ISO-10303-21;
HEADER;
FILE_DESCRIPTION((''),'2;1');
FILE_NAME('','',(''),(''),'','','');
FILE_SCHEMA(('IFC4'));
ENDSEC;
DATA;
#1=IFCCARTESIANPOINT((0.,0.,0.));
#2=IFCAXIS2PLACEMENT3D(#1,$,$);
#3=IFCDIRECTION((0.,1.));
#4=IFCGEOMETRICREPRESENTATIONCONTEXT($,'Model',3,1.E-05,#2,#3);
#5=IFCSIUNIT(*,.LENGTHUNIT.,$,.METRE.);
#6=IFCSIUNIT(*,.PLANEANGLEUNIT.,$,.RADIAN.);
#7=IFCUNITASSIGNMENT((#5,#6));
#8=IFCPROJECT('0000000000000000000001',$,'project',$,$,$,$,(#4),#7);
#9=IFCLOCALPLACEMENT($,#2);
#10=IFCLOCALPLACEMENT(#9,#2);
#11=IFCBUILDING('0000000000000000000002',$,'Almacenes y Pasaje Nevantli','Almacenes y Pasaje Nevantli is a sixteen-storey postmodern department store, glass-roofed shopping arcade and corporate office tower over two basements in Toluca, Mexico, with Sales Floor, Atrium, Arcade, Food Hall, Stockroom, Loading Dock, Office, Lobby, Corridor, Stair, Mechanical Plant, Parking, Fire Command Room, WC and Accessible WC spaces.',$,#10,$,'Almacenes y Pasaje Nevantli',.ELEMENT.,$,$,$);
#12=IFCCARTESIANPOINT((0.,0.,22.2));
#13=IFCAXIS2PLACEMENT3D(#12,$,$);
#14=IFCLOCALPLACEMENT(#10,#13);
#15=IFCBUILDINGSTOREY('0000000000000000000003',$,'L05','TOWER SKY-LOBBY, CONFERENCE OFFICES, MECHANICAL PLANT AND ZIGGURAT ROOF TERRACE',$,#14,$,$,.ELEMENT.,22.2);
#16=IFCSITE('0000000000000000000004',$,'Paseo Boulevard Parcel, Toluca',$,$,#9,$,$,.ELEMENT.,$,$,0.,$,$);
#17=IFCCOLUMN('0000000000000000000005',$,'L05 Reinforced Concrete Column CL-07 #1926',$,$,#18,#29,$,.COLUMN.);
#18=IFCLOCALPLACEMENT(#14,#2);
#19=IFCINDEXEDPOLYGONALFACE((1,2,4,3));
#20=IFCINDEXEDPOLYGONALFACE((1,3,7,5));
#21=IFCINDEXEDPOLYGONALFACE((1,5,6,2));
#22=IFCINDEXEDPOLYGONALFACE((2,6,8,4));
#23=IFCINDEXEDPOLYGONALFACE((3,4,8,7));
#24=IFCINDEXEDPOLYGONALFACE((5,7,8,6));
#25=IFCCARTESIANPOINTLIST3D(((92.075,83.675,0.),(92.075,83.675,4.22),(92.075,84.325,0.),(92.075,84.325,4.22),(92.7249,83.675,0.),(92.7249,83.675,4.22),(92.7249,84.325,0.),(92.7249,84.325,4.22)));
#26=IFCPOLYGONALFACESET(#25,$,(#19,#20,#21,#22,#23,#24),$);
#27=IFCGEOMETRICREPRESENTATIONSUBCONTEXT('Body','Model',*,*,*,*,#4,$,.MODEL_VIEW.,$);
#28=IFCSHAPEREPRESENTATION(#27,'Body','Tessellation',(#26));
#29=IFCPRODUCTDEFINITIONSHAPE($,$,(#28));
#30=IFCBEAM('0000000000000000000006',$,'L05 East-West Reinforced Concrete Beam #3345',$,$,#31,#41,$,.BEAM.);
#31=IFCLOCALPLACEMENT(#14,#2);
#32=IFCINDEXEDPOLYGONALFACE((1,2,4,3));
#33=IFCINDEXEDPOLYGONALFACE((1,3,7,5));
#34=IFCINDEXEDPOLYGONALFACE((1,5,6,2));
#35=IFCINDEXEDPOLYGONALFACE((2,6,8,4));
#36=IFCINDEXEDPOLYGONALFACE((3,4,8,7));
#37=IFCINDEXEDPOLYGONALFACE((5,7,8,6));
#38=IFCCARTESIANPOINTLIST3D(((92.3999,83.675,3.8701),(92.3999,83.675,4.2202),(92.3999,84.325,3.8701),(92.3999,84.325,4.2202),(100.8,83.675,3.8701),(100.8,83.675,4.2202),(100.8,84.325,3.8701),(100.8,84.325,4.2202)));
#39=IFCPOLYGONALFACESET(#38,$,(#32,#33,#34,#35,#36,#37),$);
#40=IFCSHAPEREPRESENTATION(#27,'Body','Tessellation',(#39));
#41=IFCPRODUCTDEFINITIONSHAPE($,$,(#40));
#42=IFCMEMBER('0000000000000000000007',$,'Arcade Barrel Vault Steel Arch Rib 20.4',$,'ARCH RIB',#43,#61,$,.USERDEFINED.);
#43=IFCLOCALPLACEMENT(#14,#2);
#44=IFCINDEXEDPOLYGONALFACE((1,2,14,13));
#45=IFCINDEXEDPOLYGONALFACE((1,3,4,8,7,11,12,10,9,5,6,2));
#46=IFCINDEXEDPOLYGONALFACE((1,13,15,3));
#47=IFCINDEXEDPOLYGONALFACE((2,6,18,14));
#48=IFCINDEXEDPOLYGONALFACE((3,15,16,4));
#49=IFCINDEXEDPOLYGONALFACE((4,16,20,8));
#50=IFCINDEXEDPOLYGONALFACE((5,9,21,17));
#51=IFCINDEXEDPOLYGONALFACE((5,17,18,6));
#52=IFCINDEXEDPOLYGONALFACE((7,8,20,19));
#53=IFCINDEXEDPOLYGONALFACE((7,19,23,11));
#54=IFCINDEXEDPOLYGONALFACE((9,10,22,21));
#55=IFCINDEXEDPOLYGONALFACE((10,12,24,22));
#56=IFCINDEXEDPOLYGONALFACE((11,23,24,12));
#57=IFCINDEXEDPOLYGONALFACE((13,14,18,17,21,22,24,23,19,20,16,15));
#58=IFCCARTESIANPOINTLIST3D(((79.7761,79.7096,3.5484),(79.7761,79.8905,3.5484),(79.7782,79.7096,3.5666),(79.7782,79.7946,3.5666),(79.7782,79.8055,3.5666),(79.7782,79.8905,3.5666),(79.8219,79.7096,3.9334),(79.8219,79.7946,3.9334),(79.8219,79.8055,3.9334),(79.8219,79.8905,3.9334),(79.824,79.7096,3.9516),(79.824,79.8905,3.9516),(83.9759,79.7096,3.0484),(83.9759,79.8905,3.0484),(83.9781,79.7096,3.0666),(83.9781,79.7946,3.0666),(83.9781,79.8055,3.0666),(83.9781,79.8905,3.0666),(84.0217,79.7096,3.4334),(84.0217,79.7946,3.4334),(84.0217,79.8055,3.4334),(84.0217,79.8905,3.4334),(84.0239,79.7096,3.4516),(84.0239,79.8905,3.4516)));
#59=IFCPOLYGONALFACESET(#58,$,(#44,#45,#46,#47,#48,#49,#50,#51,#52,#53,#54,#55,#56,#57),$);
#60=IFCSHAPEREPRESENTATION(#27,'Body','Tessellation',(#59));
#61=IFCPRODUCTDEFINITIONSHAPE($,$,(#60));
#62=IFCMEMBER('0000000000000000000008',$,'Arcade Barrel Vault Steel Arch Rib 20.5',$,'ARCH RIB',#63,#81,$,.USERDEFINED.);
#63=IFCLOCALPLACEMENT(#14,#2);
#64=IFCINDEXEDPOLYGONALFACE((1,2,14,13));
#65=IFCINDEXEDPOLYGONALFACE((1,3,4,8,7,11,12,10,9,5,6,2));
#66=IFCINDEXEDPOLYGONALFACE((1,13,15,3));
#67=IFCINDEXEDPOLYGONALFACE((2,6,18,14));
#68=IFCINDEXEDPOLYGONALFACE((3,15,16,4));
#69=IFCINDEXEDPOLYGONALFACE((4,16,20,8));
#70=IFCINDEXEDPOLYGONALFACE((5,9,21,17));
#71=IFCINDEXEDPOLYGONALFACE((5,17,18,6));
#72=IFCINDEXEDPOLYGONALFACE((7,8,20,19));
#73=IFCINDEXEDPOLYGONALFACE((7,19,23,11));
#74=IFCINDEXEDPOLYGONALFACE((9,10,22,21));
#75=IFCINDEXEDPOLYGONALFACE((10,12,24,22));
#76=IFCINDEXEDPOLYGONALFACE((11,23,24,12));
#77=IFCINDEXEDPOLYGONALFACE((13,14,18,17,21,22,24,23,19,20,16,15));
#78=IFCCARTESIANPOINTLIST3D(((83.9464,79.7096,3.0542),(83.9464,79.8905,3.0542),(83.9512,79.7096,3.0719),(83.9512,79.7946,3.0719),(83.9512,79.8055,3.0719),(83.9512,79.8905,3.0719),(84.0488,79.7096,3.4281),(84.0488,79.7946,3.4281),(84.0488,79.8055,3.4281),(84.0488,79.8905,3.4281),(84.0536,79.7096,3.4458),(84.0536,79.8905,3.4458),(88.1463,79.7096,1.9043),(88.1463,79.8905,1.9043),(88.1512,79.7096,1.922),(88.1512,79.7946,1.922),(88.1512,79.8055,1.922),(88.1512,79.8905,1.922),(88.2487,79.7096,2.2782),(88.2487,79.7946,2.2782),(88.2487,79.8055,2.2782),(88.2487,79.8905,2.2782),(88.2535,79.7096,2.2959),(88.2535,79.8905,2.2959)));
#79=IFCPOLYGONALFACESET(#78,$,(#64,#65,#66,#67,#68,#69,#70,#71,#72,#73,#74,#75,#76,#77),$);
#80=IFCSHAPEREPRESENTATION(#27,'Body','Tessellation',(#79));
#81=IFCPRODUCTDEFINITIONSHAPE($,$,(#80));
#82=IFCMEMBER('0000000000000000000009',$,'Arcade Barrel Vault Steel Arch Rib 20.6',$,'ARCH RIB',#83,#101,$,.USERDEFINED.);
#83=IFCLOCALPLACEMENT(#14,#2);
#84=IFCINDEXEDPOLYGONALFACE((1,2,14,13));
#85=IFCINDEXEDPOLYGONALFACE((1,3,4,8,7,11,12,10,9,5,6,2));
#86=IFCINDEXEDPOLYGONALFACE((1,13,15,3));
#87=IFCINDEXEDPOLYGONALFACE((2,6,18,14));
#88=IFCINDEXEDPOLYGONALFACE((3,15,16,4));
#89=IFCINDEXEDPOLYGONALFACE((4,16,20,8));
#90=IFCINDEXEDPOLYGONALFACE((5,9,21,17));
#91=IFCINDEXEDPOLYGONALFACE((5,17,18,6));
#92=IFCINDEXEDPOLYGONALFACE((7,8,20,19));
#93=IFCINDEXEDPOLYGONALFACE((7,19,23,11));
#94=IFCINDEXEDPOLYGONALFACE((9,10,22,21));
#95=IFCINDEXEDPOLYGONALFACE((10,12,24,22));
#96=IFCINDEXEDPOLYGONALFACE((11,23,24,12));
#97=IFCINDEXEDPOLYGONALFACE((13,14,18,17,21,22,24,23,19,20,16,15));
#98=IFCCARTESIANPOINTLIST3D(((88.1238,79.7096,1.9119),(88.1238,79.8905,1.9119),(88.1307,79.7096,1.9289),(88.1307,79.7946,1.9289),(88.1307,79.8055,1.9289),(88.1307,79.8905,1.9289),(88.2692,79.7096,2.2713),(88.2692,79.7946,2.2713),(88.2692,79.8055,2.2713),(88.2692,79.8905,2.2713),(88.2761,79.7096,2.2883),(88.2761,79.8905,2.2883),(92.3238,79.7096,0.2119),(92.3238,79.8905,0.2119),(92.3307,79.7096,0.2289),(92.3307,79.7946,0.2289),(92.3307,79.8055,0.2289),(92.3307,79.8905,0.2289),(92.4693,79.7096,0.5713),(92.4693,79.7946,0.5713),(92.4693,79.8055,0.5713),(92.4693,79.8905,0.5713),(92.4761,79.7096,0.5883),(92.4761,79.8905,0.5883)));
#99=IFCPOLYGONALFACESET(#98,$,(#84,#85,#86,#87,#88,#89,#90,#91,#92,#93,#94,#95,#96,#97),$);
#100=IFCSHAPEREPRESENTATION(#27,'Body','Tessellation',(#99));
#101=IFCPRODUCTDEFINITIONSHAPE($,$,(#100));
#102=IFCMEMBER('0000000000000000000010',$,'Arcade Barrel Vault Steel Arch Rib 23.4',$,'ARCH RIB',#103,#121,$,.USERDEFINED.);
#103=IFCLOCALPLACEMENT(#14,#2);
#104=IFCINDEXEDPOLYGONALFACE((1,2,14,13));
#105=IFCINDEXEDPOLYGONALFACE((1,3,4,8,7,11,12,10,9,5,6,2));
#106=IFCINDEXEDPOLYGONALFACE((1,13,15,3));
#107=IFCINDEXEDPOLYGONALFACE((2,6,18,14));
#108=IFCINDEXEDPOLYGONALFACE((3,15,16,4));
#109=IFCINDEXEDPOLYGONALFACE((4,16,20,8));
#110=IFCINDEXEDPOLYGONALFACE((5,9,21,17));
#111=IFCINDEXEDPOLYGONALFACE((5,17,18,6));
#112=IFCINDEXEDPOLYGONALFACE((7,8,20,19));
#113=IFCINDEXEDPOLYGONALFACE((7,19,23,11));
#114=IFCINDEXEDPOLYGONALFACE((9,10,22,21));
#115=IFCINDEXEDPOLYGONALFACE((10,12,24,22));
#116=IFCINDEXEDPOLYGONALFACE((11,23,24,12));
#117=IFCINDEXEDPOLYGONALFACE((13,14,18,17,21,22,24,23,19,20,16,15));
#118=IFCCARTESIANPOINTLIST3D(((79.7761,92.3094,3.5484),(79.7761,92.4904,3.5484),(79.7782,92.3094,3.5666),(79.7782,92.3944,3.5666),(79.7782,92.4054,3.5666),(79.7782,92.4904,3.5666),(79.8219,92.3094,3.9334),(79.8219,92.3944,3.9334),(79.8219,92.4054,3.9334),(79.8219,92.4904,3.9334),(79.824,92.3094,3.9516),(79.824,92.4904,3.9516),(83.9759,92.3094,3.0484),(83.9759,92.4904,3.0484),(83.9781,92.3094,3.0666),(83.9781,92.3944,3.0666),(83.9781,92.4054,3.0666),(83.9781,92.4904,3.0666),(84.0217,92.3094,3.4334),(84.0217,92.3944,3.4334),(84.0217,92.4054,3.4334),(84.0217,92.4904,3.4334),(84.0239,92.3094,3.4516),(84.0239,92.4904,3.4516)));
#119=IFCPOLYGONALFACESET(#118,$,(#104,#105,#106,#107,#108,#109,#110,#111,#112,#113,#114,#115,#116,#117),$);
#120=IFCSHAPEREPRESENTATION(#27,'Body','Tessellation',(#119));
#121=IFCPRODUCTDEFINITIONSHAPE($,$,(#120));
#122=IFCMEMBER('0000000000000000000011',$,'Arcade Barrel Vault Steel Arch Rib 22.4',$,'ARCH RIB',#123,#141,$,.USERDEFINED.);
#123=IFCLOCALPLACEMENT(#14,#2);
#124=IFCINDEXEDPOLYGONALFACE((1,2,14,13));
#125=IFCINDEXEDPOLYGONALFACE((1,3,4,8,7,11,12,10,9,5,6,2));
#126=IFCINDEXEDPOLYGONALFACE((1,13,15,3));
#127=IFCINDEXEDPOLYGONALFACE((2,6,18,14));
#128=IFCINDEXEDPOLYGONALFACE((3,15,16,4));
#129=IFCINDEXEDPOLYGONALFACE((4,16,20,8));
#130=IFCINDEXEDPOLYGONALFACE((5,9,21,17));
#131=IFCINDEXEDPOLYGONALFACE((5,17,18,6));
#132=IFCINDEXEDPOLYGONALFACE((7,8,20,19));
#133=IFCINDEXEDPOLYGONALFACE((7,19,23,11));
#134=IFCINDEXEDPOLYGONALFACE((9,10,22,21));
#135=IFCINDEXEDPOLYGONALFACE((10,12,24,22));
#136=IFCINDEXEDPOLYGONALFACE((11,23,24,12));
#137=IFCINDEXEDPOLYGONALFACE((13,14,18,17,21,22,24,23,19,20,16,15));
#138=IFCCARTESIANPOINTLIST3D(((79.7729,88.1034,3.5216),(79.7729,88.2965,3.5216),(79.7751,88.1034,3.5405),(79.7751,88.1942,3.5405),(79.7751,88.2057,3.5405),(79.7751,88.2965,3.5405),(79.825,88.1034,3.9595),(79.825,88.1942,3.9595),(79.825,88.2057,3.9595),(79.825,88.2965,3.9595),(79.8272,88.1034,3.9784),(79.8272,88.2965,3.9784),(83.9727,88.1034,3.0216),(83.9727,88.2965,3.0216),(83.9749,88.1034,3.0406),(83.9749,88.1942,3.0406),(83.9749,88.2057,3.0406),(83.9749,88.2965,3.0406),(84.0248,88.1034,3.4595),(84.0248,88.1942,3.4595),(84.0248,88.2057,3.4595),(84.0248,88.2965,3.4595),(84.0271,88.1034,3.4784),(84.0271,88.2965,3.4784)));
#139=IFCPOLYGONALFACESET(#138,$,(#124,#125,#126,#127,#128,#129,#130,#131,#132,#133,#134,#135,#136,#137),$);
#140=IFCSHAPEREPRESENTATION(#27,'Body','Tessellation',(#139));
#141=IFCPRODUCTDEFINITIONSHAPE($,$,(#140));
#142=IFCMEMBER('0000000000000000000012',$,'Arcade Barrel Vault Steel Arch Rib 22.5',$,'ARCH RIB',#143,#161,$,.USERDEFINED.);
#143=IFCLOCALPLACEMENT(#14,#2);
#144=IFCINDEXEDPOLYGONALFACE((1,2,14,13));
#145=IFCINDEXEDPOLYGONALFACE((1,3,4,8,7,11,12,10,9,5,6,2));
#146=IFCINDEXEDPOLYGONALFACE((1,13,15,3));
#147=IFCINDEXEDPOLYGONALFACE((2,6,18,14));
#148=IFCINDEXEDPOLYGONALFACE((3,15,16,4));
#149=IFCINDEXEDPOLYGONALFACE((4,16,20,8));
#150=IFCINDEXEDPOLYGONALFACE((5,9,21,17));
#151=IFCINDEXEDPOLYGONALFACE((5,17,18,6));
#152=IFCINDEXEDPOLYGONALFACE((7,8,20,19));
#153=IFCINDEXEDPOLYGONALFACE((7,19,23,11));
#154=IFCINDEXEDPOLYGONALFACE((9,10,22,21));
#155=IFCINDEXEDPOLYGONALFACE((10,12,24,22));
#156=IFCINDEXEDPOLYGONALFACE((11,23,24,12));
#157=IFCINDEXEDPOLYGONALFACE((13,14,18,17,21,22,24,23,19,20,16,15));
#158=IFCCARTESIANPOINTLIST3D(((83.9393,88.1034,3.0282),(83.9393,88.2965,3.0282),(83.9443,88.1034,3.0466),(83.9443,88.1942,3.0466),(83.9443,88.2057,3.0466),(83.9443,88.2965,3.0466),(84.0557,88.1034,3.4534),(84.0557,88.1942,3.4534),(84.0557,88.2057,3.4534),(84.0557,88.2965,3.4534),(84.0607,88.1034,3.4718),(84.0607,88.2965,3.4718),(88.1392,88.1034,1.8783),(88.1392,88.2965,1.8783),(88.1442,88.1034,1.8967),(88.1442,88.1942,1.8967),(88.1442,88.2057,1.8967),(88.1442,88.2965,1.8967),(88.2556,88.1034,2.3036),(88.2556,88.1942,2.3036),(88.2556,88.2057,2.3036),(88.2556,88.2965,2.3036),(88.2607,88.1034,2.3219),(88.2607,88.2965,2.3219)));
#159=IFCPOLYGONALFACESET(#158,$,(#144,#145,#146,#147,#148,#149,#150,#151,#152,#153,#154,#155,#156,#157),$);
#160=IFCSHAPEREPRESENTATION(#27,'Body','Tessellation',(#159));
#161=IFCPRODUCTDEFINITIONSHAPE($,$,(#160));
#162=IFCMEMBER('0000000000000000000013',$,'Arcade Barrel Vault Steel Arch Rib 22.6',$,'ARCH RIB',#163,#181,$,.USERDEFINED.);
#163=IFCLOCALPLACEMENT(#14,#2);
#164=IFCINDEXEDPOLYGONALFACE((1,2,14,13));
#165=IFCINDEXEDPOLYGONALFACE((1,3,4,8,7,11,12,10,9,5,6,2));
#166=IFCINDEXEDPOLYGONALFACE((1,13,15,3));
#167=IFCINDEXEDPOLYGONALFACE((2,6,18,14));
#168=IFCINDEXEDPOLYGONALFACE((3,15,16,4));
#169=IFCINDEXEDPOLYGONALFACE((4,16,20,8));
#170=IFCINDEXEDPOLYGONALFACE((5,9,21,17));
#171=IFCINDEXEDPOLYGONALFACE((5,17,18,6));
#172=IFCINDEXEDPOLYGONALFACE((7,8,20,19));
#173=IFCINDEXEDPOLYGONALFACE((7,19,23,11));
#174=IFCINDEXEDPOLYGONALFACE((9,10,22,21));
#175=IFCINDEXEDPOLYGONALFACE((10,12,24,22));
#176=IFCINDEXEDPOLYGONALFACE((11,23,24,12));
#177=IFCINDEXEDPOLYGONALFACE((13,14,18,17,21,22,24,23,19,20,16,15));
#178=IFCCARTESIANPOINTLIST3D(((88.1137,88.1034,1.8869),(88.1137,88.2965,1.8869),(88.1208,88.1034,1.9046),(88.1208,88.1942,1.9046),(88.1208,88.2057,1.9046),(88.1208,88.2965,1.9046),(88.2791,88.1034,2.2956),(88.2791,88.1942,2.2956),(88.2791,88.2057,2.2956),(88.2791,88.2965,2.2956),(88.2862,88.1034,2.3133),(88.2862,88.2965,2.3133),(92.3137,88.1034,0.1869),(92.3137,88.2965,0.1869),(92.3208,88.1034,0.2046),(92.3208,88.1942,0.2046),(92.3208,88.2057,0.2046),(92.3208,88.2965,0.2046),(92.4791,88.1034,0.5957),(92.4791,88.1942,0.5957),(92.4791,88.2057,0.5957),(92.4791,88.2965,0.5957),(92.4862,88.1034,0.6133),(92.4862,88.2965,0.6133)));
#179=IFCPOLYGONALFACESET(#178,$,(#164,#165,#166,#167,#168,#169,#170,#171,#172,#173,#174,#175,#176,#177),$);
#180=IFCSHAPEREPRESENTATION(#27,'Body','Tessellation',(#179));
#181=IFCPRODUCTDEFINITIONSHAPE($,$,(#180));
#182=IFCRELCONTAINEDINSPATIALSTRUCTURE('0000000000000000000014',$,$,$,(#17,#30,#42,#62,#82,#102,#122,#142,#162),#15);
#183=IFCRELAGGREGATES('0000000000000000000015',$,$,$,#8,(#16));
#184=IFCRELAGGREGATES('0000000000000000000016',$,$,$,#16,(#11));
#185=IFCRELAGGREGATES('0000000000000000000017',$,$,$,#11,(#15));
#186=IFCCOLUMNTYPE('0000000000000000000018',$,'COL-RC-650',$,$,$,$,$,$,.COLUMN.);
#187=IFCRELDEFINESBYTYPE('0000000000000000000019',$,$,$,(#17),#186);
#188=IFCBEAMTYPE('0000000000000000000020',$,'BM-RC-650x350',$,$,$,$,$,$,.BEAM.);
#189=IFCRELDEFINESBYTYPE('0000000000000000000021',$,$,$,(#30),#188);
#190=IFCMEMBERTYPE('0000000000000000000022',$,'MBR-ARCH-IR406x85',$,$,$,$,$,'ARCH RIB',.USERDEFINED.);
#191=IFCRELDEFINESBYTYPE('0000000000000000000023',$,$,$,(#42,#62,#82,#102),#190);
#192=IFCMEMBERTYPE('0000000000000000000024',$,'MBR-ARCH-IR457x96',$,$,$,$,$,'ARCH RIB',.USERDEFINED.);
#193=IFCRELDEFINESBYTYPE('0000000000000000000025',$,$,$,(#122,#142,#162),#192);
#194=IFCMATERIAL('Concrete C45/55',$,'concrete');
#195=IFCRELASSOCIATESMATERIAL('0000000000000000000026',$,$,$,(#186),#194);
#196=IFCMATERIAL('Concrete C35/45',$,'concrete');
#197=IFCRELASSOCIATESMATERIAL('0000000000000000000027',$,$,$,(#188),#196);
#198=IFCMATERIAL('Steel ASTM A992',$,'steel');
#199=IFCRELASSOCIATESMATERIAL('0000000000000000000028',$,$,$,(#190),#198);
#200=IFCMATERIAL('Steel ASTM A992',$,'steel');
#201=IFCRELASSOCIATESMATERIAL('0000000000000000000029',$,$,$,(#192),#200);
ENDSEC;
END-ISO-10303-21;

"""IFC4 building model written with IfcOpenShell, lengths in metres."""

from ifc_helpers import new_model, si_unit, direction, frame, origin, origin_2d, place, context, subcontext, project, spatial, rectangle, i_section, extrude, material, material_profile, profile_set, type_object, element, save


model = new_model("IFC4")

# Units and contexts
model_context = context("Model", 3, precision=1e-05, world=origin(), true_north=direction((0.0, 1.0)))
body_context = subcontext(model_context, "Body", "Model", "MODEL_VIEW")
ifc_project = project(units=[si_unit("LENGTHUNIT", "METRE"), si_unit("PLANEANGLEUNIT", "RADIAN")], contexts=[model_context])

# Site, building, storey
site_placement = place(None, origin())
site = spatial("IfcSite", under=ifc_project, at=site_placement, Name="Paseo Boulevard Parcel, Toluca", CompositionType="ELEMENT", RefElevation=0.0)
building_placement = place(site_placement, origin())
building = spatial("IfcBuilding", under=site, at=building_placement, Name="Almacenes y Pasaje Nevantli", Description="Almacenes y Pasaje Nevantli is a sixteen-storey postmodern department store, glass-roofed shopping arcade and corporate office tower over two basements in Toluca, Mexico, with Sales Floor, Atrium, Arcade, Food Hall, Stockroom, Loading Dock, Office, Lobby, Corridor, Stair, Mechanical Plant, Parking, Fire Command Room, WC and Accessible WC spaces.", LongName="Almacenes y Pasaje Nevantli", CompositionType="ELEMENT")
storey_placement = place(building_placement, frame((0.0, 0.0, 22.2)))
storey = spatial("IfcBuildingStorey", under=building, at=storey_placement, Name="L05", Description="TOWER SKY-LOBBY, CONFERENCE OFFICES, MECHANICAL PLANT AND ZIGGURAT ROOF TERRACE", CompositionType="ELEMENT", Elevation=22.2)

# Column
ifc_material_1 = material(Name="Concrete C45/55", Category="concrete")
ifc_material_profile_1 = material_profile(ifc_material_1, rectangle(XDim=0.6499, YDim=0.6499, at=origin_2d()), Name="RC-COL-650x650")
ifc_profile_set_1 = profile_set([ifc_material_profile_1], Name="Concrete C45/55")
column_type = type_object("IfcColumnType", Name="COL-RC-650", PredefinedType="COLUMN", material=ifc_profile_set_1)
column_placement = place(storey_placement, frame((92.3999, 84.0, 0.0), z_axis=(0.0, 0.0, 1.0), x_axis=(1.0, 0.0, 0.0)))
element("IfcColumn", 1, at=column_placement, inside=storey, type_object=column_type, Name="L05 Reinforced Concrete Column CL-07 #1926", PredefinedType="COLUMN", context=body_context, shape_type="SweptSolid", body=[
    extrude(rectangle(XDim=0.6499, YDim=0.6499, at=origin_2d()), origin(), (0.0, 0.0, 1.0), 4.22),
])

# Beam
ifc_material_2 = material(Name="Concrete C35/45", Category="concrete")
ifc_material_profile_2 = material_profile(ifc_material_2, rectangle(XDim=0.6499, YDim=0.3501, at=origin_2d()), Name="RC-BM-650x350")
ifc_profile_set_2 = profile_set([ifc_material_profile_2], Name="Concrete C35/45")
beam_type = type_object("IfcBeamType", Name="BM-RC-650x350", PredefinedType="BEAM", material=ifc_profile_set_2)
beam_placement = place(storey_placement, frame((92.3999, 84.0, 4.0452), z_axis=(1.0, 0.0, 0.0), x_axis=(0.0, 1.0, 0.0)))
element("IfcBeam", 2, at=beam_placement, inside=storey, type_object=beam_type, Name="L05 East-West Reinforced Concrete Beam #3345", PredefinedType="BEAM", context=body_context, shape_type="SweptSolid", body=[
    extrude(rectangle(XDim=0.6499, YDim=0.3501, at=origin_2d()), origin(), (0.0, 0.0, 1.0), 8.4001),
])

# Members
ifc_material_3 = material(Name="Steel ASTM A992", Category="steel")
ifc_material_profile_3 = material_profile(ifc_material_3, i_section(OverallWidth=0.1809, OverallDepth=0.406, WebThickness=0.011, FlangeThickness=0.0183, at=origin_2d()), Name="IR 406x85.0")
ifc_profile_set_3 = profile_set([ifc_material_profile_3], Name="Steel ASTM A992")
member_type_1 = type_object("IfcMemberType", Name="MBR-ARCH-IR406x85", ElementType="ARCH RIB", PredefinedType="USERDEFINED", material=ifc_profile_set_3)
member_1_placement = place(storey_placement, frame((79.8, 79.8, 3.75), z_axis=(0.992988, 0.0, -0.118214), x_axis=(0.0, 1.0, 0.0)))
element("IfcMember", 3, at=member_1_placement, inside=storey, type_object=member_type_1, Name="Arcade Barrel Vault Steel Arch Rib 20.4", ObjectType="ARCH RIB", PredefinedType="USERDEFINED", context=body_context, shape_type="SweptSolid", body=[
    extrude(i_section(OverallWidth=0.1809, OverallDepth=0.406, WebThickness=0.011, FlangeThickness=0.0183, at=origin_2d()), origin(), (0.0, 0.0, 1.0), 4.2295),
])
member_2_placement = place(storey_placement, frame((84.0, 79.8, 3.25), z_axis=(0.964503, 0.0, -0.264071), x_axis=(0.0, 1.0, 0.0)))
element("IfcMember", 4, at=member_2_placement, inside=storey, type_object=member_type_1, Name="Arcade Barrel Vault Steel Arch Rib 20.5", ObjectType="ARCH RIB", PredefinedType="USERDEFINED", context=body_context, shape_type="SweptSolid", body=[
    extrude(i_section(OverallWidth=0.1809, OverallDepth=0.406, WebThickness=0.011, FlangeThickness=0.0183, at=origin_2d()), origin(), (0.0, 0.0, 1.0), 4.3545),
])
member_3_placement = place(storey_placement, frame((88.2, 79.8, 2.1001), z_axis=(0.926949, 0.0, -0.375187), x_axis=(0.0, 1.0, 0.0)))
element("IfcMember", 5, at=member_3_placement, inside=storey, type_object=member_type_1, Name="Arcade Barrel Vault Steel Arch Rib 20.6", ObjectType="ARCH RIB", PredefinedType="USERDEFINED", context=body_context, shape_type="SweptSolid", body=[
    extrude(i_section(OverallWidth=0.1809, OverallDepth=0.406, WebThickness=0.011, FlangeThickness=0.0183, at=origin_2d()), origin(), (0.0, 0.0, 1.0), 4.531),
])
member_4_placement = place(storey_placement, frame((79.8, 92.3999, 3.75), z_axis=(0.992988, 0.0, -0.118214), x_axis=(0.0, 1.0, 0.0)))
element("IfcMember", 6, at=member_4_placement, inside=storey, type_object=member_type_1, Name="Arcade Barrel Vault Steel Arch Rib 23.4", ObjectType="ARCH RIB", PredefinedType="USERDEFINED", context=body_context, shape_type="SweptSolid", body=[
    extrude(i_section(OverallWidth=0.1809, OverallDepth=0.406, WebThickness=0.011, FlangeThickness=0.0183, at=origin_2d()), origin(), (0.0, 0.0, 1.0), 4.2295),
])
ifc_material_4 = material(Name="Steel ASTM A992", Category="steel")
ifc_material_profile_4 = material_profile(ifc_material_4, i_section(OverallWidth=0.1931, OverallDepth=0.46, WebThickness=0.0115, FlangeThickness=0.019, at=origin_2d()), Name="IR 457x96.7")
ifc_profile_set_4 = profile_set([ifc_material_profile_4], Name="Steel ASTM A992")
member_type_2 = type_object("IfcMemberType", Name="MBR-ARCH-IR457x96", ElementType="ARCH RIB", PredefinedType="USERDEFINED", material=ifc_profile_set_4)
member_5_placement = place(storey_placement, frame((79.8, 88.2, 3.75), z_axis=(0.992988, 0.0, -0.118214), x_axis=(0.0, 1.0, 0.0)))
element("IfcMember", 7, at=member_5_placement, inside=storey, type_object=member_type_2, Name="Arcade Barrel Vault Steel Arch Rib 22.4", ObjectType="ARCH RIB", PredefinedType="USERDEFINED", context=body_context, shape_type="SweptSolid", body=[
    extrude(i_section(OverallWidth=0.1931, OverallDepth=0.46, WebThickness=0.0115, FlangeThickness=0.019, at=origin_2d()), origin(), (0.0, 0.0, 1.0), 4.2295),
])
member_6_placement = place(storey_placement, frame((84.0, 88.2, 3.25), z_axis=(0.964503, 0.0, -0.264071), x_axis=(0.0, 1.0, 0.0)))
element("IfcMember", 8, at=member_6_placement, inside=storey, type_object=member_type_2, Name="Arcade Barrel Vault Steel Arch Rib 22.5", ObjectType="ARCH RIB", PredefinedType="USERDEFINED", context=body_context, shape_type="SweptSolid", body=[
    extrude(i_section(OverallWidth=0.1931, OverallDepth=0.46, WebThickness=0.0115, FlangeThickness=0.019, at=origin_2d()), origin(), (0.0, 0.0, 1.0), 4.3545),
])
member_7_placement = place(storey_placement, frame((88.2, 88.2, 2.1001), z_axis=(0.926949, 0.0, -0.375187), x_axis=(0.0, 1.0, 0.0)))
element("IfcMember", 9, at=member_7_placement, inside=storey, type_object=member_type_2, Name="Arcade Barrel Vault Steel Arch Rib 22.6", ObjectType="ARCH RIB", PredefinedType="USERDEFINED", context=body_context, shape_type="SweptSolid", body=[
    extrude(i_section(OverallWidth=0.1931, OverallDepth=0.46, WebThickness=0.0115, FlangeThickness=0.019, at=origin_2d()), origin(), (0.0, 0.0, 1.0), 4.531),
])

save(model, "model.ifc")
